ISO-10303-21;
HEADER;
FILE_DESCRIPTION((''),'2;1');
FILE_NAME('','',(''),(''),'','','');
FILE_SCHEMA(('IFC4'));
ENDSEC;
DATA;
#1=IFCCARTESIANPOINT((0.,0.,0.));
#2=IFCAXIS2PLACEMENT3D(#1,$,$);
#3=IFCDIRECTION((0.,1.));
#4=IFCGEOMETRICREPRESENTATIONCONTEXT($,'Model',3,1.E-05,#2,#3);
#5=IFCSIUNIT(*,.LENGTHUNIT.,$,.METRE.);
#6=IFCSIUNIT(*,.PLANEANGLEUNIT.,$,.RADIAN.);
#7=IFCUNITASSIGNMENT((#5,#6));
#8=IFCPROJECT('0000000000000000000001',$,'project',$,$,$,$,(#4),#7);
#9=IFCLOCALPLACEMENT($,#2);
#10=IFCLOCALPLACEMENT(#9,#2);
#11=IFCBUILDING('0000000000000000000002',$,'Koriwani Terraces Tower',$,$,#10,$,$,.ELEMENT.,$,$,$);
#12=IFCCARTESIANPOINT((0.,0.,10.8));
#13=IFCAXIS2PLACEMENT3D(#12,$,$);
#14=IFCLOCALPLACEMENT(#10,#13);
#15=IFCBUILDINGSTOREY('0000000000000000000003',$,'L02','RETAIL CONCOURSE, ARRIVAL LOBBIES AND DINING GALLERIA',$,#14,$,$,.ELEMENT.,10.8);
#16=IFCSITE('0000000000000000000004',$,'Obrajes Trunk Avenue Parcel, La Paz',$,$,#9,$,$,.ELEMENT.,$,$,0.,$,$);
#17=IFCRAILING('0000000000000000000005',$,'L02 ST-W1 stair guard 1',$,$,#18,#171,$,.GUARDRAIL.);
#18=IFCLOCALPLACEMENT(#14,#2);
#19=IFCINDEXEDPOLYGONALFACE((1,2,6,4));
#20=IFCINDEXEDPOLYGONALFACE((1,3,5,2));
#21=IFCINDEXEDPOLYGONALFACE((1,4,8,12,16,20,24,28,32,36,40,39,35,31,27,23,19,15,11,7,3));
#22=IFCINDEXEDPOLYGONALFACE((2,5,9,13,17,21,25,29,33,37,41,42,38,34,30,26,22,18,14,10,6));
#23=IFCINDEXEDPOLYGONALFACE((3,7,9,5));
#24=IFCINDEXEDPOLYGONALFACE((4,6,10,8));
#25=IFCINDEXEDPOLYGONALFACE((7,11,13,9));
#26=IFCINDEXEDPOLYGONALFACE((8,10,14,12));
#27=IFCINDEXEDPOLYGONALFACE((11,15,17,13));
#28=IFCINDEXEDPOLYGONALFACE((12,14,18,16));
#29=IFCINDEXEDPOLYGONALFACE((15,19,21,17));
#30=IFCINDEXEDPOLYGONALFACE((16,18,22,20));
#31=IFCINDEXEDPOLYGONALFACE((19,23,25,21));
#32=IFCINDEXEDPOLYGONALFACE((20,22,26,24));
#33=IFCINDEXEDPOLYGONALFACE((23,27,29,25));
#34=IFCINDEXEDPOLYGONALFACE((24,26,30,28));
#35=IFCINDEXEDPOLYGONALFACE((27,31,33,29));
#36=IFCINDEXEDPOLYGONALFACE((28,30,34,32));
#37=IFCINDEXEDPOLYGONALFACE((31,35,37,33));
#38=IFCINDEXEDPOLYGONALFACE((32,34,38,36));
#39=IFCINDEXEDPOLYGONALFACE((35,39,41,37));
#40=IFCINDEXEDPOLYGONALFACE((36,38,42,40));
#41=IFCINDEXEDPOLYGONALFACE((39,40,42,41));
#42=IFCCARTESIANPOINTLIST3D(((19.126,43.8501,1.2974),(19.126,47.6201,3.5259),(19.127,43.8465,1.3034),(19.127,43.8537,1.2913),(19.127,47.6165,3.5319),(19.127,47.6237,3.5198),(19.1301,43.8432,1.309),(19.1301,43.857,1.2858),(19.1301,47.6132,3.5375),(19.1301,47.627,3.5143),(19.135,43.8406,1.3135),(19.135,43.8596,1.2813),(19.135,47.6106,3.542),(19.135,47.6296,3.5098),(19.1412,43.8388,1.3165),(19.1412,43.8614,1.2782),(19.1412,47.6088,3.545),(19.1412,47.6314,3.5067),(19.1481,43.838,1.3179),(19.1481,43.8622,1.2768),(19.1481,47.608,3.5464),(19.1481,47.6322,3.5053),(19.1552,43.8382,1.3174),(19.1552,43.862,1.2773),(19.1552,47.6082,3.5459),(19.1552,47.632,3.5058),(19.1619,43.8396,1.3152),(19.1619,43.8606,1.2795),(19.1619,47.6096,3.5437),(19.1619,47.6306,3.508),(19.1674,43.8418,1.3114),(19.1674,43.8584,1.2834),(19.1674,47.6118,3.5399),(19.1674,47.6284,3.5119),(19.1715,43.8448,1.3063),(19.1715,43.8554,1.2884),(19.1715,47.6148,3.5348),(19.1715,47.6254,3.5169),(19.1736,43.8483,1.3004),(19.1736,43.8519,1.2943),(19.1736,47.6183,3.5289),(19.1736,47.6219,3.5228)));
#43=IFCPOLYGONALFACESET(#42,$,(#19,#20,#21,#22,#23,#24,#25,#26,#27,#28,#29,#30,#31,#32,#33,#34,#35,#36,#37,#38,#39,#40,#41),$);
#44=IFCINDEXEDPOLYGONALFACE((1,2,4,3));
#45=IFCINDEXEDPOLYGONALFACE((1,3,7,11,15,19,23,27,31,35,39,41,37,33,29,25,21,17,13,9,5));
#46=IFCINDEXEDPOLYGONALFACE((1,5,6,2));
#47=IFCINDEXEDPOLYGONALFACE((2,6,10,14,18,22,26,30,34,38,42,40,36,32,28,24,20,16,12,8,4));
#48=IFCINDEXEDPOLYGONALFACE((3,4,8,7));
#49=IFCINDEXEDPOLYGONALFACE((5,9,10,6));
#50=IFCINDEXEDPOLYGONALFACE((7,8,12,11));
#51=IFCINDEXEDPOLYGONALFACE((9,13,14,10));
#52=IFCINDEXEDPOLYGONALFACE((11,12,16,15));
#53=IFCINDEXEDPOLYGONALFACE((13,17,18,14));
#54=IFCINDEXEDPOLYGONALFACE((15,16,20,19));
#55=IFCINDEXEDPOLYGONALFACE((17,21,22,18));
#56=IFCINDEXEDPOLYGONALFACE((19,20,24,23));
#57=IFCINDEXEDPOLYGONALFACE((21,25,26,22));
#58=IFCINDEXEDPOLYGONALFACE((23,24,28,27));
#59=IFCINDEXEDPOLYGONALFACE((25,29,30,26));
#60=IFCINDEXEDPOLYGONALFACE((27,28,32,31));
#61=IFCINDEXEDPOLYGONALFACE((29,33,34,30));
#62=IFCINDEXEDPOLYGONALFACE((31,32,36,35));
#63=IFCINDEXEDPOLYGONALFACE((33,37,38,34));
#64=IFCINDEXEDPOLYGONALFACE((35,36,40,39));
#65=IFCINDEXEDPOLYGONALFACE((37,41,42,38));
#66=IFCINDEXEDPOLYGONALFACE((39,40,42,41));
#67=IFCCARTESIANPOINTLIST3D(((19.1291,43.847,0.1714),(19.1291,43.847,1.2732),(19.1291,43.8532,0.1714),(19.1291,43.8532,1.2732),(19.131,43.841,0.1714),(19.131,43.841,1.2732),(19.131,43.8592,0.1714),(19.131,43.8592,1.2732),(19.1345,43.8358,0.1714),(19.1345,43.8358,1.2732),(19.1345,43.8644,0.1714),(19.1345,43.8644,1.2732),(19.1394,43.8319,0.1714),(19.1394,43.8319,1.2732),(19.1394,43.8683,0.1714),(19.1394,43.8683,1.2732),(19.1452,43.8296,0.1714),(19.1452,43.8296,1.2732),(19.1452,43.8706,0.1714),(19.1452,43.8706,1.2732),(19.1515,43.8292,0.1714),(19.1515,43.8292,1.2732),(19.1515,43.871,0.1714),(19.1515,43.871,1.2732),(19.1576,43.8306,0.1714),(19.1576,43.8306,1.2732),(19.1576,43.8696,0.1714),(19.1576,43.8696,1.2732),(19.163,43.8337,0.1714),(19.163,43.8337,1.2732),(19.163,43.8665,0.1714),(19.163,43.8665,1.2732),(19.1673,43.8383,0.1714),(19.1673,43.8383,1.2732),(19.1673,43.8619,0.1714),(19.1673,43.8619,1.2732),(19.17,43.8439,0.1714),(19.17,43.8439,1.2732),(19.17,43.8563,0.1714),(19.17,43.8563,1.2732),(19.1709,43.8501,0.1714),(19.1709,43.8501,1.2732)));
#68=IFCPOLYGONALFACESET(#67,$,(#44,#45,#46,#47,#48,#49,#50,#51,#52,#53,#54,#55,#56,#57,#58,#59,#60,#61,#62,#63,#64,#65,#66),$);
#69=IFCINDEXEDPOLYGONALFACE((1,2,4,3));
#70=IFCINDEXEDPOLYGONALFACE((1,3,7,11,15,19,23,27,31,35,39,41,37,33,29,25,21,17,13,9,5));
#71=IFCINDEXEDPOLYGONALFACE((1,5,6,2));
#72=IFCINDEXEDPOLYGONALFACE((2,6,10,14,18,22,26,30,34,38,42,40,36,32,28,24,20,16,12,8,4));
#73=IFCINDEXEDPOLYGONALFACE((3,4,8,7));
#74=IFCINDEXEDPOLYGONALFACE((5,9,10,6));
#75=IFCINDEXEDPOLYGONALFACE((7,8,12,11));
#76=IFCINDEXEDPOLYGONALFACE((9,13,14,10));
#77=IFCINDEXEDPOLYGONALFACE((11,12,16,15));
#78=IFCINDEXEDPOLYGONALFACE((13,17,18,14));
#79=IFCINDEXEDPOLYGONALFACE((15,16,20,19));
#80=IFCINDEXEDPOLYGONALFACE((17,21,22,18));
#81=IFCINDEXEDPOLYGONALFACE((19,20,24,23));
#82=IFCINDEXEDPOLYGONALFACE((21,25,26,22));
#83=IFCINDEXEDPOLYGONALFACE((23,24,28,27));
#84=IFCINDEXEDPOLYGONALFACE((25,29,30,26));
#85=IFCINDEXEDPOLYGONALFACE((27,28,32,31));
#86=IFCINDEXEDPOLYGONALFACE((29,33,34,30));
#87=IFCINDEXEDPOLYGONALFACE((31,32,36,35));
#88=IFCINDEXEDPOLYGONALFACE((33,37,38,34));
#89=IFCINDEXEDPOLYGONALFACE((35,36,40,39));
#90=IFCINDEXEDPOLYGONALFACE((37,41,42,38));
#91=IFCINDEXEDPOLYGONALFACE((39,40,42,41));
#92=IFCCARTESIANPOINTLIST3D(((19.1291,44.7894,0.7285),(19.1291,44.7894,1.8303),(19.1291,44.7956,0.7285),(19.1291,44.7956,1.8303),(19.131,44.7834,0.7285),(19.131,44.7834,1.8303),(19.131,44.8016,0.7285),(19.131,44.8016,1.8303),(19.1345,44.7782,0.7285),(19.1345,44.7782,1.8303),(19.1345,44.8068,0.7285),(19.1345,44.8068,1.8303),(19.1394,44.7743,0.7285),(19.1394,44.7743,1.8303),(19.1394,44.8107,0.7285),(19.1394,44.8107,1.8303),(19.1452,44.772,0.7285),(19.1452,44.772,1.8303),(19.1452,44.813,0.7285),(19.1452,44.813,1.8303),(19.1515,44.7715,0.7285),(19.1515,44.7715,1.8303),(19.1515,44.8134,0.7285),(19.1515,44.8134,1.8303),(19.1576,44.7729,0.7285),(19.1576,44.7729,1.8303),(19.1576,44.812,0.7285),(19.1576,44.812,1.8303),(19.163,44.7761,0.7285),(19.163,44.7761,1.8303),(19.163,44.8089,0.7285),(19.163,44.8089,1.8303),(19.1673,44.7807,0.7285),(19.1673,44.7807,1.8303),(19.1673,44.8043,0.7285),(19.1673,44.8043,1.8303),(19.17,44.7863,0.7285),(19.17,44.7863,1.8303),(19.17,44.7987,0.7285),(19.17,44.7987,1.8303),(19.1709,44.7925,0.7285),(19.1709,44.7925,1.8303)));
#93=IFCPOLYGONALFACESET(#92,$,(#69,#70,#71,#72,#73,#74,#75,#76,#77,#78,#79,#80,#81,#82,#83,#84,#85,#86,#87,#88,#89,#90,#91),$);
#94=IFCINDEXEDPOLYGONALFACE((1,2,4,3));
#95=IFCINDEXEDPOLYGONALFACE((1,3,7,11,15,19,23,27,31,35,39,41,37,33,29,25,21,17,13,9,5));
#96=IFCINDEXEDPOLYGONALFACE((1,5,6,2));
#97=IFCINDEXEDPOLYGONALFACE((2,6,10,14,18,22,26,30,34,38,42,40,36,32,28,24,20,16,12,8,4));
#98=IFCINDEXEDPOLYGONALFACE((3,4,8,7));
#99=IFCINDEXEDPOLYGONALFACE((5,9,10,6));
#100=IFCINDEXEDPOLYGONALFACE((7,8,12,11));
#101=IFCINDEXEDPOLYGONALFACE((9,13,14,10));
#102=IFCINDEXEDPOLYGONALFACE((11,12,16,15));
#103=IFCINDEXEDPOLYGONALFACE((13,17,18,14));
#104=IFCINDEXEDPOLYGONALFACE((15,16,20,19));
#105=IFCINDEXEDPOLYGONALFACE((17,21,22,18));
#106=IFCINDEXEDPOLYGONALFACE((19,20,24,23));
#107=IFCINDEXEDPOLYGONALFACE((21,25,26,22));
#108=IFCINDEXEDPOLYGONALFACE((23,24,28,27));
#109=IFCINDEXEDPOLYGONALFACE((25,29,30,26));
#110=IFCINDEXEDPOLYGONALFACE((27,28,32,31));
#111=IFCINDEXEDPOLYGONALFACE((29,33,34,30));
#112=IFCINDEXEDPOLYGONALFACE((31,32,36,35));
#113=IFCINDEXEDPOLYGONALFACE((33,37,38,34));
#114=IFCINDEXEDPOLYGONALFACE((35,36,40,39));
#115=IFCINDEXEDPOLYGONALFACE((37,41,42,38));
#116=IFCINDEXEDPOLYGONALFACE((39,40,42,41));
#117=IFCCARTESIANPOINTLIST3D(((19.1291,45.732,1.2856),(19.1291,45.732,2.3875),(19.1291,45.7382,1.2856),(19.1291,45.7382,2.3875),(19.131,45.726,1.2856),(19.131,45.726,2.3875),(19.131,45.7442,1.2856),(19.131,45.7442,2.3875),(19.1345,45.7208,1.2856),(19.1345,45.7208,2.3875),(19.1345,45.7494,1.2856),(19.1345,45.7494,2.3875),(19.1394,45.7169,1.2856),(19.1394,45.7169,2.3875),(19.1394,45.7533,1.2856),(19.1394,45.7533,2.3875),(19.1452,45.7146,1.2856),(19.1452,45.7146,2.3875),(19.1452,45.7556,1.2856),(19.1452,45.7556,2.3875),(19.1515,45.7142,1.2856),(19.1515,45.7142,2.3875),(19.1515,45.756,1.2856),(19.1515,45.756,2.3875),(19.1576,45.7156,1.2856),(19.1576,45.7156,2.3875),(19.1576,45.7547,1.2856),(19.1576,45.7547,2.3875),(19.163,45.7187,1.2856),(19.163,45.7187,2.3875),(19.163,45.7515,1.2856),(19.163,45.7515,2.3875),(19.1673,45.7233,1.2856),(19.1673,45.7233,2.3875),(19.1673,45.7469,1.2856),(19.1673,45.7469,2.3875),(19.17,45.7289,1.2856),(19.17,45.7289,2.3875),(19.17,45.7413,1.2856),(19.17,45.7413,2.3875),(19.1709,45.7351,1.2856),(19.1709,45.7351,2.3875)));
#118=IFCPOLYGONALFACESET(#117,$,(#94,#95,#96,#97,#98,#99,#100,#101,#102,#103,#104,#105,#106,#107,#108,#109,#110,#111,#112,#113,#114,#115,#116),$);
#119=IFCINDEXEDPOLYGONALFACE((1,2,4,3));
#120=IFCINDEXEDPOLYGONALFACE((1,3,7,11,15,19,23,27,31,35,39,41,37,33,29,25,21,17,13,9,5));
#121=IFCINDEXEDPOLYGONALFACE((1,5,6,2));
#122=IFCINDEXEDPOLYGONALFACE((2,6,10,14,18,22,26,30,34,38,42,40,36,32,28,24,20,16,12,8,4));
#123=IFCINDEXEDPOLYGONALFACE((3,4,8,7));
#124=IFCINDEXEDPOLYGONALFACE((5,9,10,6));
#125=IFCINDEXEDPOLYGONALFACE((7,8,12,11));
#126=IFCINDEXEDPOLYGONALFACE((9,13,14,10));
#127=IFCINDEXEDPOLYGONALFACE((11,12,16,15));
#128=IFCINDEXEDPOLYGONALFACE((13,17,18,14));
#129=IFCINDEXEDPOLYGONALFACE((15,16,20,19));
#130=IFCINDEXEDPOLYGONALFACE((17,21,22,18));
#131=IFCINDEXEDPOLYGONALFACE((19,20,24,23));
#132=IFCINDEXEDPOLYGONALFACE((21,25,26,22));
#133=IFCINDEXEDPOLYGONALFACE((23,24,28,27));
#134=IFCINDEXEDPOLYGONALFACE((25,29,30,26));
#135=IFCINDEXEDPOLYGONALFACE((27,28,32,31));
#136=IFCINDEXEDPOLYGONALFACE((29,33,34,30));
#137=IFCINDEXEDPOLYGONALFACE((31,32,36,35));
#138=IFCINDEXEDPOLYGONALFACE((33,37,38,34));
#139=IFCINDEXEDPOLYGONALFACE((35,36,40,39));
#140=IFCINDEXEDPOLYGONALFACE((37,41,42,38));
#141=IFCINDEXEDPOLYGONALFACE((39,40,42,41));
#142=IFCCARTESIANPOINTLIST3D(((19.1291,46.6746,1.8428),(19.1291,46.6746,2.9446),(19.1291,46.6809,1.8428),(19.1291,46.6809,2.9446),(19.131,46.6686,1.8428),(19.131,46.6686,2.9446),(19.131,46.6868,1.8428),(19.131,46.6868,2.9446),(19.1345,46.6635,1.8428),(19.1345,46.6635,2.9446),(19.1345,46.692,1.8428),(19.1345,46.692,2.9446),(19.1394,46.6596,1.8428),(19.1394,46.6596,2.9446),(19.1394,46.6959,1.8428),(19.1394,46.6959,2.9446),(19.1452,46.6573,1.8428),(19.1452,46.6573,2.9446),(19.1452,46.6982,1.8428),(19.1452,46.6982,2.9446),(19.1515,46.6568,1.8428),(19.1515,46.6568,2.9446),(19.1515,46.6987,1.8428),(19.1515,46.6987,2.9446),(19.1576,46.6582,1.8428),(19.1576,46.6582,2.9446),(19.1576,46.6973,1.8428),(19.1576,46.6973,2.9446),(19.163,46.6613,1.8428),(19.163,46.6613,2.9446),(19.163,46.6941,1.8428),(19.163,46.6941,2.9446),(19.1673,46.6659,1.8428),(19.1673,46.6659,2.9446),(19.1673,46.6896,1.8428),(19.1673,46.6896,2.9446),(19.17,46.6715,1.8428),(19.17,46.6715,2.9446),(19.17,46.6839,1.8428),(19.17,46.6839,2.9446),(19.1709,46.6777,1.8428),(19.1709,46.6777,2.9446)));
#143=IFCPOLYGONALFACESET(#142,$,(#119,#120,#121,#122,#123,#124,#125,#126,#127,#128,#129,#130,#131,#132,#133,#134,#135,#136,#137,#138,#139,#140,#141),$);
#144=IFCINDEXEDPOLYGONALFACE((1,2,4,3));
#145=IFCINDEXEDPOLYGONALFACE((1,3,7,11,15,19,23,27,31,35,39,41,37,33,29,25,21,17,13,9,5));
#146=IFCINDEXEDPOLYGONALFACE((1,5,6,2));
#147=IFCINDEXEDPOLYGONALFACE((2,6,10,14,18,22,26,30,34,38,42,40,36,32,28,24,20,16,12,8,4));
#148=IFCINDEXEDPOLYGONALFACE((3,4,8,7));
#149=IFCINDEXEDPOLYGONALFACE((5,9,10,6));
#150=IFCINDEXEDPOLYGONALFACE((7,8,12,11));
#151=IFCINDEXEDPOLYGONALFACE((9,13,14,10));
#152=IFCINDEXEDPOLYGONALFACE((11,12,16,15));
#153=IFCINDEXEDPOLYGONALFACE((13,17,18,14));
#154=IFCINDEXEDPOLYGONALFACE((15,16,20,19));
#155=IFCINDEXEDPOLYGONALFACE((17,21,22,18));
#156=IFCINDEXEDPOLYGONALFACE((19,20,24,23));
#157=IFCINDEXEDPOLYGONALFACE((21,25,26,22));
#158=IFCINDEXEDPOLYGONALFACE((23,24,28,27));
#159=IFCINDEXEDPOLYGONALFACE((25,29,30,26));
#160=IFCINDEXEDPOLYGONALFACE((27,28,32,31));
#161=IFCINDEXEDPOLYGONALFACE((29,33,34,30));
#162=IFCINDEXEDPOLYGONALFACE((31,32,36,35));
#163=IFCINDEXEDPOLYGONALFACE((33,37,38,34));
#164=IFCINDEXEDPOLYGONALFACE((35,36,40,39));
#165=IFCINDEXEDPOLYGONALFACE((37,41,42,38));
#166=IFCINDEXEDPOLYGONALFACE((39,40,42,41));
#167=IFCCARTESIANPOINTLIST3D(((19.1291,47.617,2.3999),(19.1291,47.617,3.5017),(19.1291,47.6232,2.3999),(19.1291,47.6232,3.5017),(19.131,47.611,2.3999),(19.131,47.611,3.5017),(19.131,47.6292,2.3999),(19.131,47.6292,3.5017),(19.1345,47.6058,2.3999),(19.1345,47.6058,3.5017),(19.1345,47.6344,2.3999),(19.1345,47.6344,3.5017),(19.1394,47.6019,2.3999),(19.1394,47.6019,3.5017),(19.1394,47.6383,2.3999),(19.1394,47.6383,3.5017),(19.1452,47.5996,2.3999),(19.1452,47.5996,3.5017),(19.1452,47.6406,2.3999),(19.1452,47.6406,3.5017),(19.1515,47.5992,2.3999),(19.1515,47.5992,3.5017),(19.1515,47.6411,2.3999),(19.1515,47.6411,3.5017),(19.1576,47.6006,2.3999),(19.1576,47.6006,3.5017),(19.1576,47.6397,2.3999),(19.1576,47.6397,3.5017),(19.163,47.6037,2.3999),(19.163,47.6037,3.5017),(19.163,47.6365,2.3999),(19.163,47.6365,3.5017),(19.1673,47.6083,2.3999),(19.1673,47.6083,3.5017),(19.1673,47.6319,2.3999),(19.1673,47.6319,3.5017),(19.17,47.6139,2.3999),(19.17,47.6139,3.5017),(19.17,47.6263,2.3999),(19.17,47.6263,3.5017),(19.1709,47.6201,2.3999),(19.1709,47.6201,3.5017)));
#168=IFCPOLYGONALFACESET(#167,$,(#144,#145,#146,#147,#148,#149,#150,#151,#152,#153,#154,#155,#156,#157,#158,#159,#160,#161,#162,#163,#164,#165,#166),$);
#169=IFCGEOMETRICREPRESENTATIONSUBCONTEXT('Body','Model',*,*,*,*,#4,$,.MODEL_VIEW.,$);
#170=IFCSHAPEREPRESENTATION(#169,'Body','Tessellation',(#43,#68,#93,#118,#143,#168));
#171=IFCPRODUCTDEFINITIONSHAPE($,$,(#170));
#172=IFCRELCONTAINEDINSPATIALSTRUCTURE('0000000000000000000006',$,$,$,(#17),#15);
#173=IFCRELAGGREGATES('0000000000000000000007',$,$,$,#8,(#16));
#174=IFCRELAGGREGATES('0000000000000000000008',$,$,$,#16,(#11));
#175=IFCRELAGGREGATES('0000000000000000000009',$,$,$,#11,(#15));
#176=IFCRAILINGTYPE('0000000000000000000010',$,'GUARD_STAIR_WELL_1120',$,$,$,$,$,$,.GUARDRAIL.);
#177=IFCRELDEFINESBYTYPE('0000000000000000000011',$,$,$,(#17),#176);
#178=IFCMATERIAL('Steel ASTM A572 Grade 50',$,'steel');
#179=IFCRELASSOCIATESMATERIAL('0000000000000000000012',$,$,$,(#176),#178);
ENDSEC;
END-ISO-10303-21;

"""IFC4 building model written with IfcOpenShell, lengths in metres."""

from ifc_helpers import new_model, si_unit, direction, frame, origin, origin_2d, place, context, subcontext, project, spatial, circle, extrude, material, type_object, element, save


model = new_model("IFC4")

# Units and contexts
model_context = context("Model", 3, precision=1e-05, world=origin(), true_north=direction((0.0, 1.0)))
body_context = subcontext(model_context, "Body", "Model", "MODEL_VIEW")
ifc_project = project(units=[si_unit("LENGTHUNIT", "METRE"), si_unit("PLANEANGLEUNIT", "RADIAN")], contexts=[model_context])

# Site, building, storey
site_placement = place(None, origin())
site = spatial("IfcSite", under=ifc_project, at=site_placement, Name="Obrajes Trunk Avenue Parcel, La Paz", CompositionType="ELEMENT", RefElevation=0.0)
building_placement = place(site_placement, origin())
building = spatial("IfcBuilding", under=site, at=building_placement, Name="Koriwani Terraces Tower", CompositionType="ELEMENT")
storey_placement = place(building_placement, frame((0.0, 0.0, 10.8)))
storey = spatial("IfcBuildingStorey", under=building, at=storey_placement, Name="L02", Description="RETAIL CONCOURSE, ARRIVAL LOBBIES AND DINING GALLERIA", CompositionType="ELEMENT", Elevation=10.8)

# Shared definitions
ifc_material_1 = material(Name="Steel ASTM A572 Grade 50", Category="steel")

# Railing
railing_type_1 = type_object("IfcRailingType", Name="GUARD_STAIR_WELL_1120", PredefinedType="GUARDRAIL", material=ifc_material_1)
railing_1_placement = place(storey_placement, frame((19.1499, 43.8501, 0.1714)))
element("IfcRailing", 1, at=railing_1_placement, inside=storey, type_object=railing_type_1, Name="L02 ST-W1 stair guard 1", PredefinedType="GUARDRAIL", context=body_context, shape_type="SweptSolid", body=[
    extrude(circle(Radius=0.0239, at=origin_2d()), frame((0.0, 0.0, 1.126), z_axis=(0.0, 0.860849, 0.508861), x_axis=(-1.0, 0.0, 0.0)), (0.0, 0.0, 1.0), 4.3794),
    extrude(circle(Radius=0.021, at=origin_2d()), origin(), (0.0, 0.0, 1.0), 1.1018),
    extrude(circle(Radius=0.021, at=origin_2d()), frame((0.0, 0.9424, 0.5571)), (0.0, 0.0, 1.0), 1.1018),
    extrude(circle(Radius=0.021, at=origin_2d()), frame((0.0, 1.885, 1.1143)), (0.0, 0.0, 1.0), 1.1018),
    extrude(circle(Radius=0.021, at=origin_2d()), frame((0.0, 2.8276, 1.6714)), (0.0, 0.0, 1.0), 1.1018),
    extrude(circle(Radius=0.021, at=origin_2d()), frame((0.0, 3.77, 2.2285)), (0.0, 0.0, 1.0), 1.1018),
])

save(model, "model.ifc")
